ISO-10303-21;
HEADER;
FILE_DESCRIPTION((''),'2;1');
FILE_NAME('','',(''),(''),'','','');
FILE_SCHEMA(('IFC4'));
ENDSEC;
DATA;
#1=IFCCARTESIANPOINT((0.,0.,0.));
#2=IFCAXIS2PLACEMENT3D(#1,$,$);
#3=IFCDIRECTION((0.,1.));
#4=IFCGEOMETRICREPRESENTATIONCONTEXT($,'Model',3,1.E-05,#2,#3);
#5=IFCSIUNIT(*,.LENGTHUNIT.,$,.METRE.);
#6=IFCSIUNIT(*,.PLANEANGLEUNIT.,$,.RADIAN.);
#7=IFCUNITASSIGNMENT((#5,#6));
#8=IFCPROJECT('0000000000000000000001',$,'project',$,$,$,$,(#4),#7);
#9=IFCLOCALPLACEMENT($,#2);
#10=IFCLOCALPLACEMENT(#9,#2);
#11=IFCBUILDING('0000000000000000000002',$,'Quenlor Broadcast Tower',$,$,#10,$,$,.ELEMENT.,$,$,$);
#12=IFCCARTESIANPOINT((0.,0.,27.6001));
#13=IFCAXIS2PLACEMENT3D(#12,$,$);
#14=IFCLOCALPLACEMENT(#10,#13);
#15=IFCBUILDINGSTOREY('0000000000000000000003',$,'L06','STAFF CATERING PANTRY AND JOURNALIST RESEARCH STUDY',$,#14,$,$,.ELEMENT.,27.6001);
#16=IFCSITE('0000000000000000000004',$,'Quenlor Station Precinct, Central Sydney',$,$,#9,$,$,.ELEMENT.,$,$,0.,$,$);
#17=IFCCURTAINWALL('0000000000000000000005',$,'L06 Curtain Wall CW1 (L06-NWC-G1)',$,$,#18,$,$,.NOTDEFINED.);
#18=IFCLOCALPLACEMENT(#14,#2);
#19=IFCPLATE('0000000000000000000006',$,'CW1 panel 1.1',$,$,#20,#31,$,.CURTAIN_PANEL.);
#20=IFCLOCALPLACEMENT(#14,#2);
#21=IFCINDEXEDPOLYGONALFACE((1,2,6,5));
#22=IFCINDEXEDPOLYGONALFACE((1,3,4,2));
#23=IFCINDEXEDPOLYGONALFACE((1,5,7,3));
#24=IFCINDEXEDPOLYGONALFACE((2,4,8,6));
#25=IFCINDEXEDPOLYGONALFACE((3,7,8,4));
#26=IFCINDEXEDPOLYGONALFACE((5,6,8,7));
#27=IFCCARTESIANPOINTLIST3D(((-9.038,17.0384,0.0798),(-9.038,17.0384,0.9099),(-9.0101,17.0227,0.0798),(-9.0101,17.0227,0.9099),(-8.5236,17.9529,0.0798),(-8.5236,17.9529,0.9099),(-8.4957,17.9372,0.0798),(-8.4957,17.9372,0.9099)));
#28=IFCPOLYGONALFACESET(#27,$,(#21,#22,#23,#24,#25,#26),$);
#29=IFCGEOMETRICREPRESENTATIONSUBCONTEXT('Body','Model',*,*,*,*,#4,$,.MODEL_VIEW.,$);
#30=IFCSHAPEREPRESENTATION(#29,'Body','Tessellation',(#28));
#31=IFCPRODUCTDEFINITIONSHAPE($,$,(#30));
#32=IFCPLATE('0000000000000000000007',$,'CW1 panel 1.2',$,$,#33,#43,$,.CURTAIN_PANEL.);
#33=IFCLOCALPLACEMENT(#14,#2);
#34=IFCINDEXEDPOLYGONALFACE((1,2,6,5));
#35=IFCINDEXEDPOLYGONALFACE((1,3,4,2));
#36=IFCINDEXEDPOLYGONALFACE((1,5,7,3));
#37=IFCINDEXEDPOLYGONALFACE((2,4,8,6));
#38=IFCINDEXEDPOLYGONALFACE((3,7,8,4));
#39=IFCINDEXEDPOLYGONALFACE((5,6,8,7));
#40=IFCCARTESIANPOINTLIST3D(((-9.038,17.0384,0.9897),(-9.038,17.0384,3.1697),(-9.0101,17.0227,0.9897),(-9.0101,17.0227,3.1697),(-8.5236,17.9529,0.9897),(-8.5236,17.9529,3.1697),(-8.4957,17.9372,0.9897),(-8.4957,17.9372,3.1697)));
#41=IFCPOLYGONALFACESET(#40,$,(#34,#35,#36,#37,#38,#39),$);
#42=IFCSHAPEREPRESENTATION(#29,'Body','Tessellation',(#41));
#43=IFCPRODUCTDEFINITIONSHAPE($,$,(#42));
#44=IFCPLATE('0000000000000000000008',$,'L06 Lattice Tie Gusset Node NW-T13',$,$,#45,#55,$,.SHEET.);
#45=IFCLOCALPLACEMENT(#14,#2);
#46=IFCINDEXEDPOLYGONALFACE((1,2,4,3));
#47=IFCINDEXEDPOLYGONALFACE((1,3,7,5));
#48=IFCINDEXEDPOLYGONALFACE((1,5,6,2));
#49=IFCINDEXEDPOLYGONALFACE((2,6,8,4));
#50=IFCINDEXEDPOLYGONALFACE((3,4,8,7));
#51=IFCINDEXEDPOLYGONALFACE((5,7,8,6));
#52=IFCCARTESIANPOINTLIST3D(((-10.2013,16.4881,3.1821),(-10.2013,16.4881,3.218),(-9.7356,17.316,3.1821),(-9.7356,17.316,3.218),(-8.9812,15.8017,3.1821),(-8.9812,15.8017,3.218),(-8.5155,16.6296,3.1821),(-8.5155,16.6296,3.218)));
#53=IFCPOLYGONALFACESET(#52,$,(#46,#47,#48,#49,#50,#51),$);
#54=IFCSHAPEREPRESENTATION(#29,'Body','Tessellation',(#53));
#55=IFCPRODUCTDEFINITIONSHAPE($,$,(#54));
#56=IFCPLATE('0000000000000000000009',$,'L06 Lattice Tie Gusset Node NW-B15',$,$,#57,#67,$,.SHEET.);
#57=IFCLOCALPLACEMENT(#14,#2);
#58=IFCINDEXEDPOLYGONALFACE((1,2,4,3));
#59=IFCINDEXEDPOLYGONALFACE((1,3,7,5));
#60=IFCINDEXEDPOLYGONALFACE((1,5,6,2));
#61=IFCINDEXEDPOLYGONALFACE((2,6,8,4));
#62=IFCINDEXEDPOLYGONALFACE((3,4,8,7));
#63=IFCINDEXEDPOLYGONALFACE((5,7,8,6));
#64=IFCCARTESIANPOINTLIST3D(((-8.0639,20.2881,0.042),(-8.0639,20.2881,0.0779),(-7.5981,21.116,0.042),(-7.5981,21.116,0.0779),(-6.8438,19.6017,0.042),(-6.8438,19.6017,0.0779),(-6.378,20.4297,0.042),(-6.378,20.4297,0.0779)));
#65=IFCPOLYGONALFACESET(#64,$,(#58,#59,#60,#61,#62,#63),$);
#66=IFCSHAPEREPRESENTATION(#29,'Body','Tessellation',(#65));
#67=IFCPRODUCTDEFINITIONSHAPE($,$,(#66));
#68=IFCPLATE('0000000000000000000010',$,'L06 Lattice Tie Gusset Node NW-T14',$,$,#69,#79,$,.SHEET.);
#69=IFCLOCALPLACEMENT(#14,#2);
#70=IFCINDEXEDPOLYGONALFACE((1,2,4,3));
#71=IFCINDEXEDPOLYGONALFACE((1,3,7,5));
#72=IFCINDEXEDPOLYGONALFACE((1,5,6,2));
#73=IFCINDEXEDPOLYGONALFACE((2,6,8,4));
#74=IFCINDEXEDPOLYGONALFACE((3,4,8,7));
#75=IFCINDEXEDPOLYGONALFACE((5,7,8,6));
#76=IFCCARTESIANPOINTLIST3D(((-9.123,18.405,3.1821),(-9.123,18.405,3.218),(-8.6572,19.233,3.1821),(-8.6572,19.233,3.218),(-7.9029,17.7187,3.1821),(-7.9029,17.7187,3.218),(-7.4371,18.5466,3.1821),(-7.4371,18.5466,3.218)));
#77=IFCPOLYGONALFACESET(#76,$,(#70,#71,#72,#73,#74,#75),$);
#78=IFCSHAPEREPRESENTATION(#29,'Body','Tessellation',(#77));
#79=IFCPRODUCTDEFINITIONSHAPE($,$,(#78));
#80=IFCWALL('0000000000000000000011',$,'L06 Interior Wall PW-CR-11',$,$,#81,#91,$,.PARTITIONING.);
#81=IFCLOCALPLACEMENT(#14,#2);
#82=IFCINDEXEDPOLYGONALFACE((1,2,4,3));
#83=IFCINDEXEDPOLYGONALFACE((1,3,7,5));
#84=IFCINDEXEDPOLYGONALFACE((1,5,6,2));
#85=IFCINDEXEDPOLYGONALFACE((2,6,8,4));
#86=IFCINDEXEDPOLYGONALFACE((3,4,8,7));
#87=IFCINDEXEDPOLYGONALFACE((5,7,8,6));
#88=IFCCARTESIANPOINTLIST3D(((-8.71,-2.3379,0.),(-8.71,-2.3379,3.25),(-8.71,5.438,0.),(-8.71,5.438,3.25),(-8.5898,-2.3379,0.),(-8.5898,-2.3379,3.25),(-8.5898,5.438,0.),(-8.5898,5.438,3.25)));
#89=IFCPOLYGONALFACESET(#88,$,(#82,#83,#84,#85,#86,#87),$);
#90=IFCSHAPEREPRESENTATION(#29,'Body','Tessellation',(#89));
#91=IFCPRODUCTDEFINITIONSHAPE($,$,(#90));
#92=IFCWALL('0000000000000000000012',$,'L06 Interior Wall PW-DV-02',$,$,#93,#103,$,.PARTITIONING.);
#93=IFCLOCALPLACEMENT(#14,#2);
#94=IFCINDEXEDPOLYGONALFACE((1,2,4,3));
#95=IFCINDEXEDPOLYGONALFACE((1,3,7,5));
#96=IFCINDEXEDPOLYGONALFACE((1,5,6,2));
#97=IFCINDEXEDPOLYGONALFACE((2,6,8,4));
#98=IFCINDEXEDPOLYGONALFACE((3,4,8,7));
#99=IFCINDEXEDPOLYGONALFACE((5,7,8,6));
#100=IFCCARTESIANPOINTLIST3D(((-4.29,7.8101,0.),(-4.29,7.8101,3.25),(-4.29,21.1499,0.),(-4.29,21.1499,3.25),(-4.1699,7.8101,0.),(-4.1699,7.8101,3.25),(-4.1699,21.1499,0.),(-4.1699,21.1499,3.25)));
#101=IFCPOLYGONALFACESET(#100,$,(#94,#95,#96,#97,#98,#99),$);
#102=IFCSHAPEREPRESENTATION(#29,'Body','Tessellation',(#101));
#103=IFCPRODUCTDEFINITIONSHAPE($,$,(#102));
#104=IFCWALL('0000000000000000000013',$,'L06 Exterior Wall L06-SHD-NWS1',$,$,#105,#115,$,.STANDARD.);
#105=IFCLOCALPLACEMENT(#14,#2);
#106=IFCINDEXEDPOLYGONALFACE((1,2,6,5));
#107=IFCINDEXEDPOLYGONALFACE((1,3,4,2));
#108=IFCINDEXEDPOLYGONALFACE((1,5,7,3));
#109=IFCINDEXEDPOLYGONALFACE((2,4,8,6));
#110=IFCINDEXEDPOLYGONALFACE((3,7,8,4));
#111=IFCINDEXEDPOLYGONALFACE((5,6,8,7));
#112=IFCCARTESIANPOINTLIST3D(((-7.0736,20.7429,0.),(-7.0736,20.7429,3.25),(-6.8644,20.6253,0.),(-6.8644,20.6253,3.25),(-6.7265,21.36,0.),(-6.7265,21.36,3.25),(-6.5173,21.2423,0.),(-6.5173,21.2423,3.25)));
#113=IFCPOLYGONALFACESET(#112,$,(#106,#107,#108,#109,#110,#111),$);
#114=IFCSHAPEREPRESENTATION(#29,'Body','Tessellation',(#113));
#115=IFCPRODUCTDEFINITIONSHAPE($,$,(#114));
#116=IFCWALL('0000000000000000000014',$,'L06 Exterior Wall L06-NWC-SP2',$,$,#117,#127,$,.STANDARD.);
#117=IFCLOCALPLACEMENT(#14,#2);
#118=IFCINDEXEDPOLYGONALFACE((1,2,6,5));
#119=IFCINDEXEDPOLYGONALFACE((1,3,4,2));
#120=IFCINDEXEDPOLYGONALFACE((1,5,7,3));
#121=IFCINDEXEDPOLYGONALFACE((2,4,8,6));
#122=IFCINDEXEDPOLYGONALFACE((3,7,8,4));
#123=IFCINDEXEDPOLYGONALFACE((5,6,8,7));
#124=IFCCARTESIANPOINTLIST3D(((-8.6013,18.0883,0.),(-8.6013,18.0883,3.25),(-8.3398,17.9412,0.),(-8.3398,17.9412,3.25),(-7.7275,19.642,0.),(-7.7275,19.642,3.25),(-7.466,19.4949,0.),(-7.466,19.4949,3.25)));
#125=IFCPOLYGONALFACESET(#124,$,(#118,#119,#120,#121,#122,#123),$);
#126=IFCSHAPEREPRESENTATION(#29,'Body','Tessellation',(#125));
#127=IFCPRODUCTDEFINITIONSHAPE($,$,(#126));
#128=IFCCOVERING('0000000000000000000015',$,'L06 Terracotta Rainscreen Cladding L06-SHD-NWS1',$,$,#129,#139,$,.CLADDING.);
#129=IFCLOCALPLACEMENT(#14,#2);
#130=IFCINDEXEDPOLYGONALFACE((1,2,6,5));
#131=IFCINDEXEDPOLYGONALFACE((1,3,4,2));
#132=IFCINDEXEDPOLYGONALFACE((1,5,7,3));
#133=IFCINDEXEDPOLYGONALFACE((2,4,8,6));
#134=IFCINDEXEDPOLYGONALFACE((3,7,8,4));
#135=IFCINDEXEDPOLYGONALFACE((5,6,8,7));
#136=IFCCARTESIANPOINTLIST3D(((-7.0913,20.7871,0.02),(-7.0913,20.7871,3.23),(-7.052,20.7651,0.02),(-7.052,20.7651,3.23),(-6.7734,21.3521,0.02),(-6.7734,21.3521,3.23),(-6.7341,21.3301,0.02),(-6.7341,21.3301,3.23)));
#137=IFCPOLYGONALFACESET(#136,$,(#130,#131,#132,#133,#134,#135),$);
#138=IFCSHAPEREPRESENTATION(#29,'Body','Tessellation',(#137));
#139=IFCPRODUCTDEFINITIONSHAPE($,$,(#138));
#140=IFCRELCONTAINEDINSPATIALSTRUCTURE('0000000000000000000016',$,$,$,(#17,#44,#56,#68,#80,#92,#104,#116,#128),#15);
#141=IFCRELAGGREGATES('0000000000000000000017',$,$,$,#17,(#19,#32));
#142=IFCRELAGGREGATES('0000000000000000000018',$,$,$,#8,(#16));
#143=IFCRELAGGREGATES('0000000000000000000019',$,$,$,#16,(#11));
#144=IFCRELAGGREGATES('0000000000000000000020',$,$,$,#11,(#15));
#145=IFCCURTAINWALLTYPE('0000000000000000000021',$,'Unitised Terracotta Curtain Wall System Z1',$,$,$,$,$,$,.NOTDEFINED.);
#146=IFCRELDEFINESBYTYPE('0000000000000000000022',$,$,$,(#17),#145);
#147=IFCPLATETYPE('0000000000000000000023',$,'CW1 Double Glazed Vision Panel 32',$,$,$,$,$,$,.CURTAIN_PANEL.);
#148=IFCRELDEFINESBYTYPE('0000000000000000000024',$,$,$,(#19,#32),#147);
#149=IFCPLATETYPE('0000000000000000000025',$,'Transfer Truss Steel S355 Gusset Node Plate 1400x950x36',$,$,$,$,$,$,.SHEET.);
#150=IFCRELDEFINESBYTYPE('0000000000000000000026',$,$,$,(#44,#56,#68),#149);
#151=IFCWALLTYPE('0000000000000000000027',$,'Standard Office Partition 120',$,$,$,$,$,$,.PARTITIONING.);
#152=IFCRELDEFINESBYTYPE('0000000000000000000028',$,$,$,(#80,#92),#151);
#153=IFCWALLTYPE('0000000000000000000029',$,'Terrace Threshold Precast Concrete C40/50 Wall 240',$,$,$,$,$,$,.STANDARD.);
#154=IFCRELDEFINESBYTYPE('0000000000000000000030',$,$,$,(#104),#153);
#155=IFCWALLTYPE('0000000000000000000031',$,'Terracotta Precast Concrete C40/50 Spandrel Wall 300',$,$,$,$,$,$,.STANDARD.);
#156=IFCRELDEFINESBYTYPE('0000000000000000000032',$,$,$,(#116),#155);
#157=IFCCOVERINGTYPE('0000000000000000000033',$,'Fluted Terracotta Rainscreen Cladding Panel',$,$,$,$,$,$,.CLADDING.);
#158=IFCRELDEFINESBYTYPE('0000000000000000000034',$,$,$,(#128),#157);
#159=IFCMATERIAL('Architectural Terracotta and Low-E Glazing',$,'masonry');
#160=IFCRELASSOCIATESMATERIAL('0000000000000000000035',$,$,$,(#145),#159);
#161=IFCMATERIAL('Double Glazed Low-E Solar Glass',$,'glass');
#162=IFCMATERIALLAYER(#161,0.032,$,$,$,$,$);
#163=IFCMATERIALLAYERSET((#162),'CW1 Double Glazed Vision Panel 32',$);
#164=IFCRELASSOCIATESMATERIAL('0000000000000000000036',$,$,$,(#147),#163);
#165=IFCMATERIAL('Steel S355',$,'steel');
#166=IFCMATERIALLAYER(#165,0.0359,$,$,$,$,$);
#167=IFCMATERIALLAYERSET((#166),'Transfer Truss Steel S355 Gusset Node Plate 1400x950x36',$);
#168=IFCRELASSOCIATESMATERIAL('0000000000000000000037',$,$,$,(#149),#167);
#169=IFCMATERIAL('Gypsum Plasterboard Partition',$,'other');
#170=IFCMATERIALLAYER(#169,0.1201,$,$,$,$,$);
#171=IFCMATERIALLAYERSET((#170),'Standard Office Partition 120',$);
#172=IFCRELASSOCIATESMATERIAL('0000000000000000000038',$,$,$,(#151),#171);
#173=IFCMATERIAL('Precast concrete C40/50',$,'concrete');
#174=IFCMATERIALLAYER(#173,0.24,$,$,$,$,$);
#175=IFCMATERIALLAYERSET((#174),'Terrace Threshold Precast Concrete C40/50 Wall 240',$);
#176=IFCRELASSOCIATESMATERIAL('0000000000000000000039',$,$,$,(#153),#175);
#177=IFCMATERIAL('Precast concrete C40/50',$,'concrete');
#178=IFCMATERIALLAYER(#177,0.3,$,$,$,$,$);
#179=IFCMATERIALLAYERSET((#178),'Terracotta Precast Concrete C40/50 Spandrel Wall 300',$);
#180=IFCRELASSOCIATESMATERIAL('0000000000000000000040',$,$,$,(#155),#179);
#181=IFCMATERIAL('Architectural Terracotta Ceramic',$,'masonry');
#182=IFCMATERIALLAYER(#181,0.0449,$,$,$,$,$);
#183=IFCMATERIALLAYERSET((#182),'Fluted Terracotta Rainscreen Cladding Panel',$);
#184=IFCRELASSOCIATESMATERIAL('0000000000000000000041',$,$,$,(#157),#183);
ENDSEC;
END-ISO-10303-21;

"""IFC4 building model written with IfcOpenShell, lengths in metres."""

from ifc_helpers import new_model, si_unit, direction, frame, frame_2d, origin, origin_2d, place, context, subcontext, project, spatial, polyline, rectangle, outline, extrude, material, layer, layer_set, type_object, element, aggregate, save


model = new_model("IFC4")

# Units and contexts
model_context = context("Model", 3, precision=1e-05, world=origin(), true_north=direction((0.0, 1.0)))
body_context = subcontext(model_context, "Body", "Model", "MODEL_VIEW")
ifc_project = project(units=[si_unit("LENGTHUNIT", "METRE"), si_unit("PLANEANGLEUNIT", "RADIAN")], contexts=[model_context])

# Site, building, storey
site_placement = place(None, origin())
site = spatial("IfcSite", under=ifc_project, at=site_placement, Name="Quenlor Station Precinct, Central Sydney", CompositionType="ELEMENT", RefElevation=0.0)
building_placement = place(site_placement, origin())
building = spatial("IfcBuilding", under=site, at=building_placement, Name="Quenlor Broadcast Tower", CompositionType="ELEMENT")
storey_placement = place(building_placement, frame((0.0, 0.0, 27.6001)))
storey = spatial("IfcBuildingStorey", under=building, at=storey_placement, Name="L06", Description="STAFF CATERING PANTRY AND JOURNALIST RESEARCH STUDY", CompositionType="ELEMENT", Elevation=27.6001)

# Curtain wall
ifc_material_1 = material(Name="Architectural Terracotta and Low-E Glazing", Category="masonry")
curtain_wall_type = type_object("IfcCurtainWallType", Name="Unitised Terracotta Curtain Wall System Z1", PredefinedType="NOTDEFINED", material=ifc_material_1)
curtain_wall_placement = place(storey_placement, origin())
curtain_wall = element("IfcCurtainWall", 1, at=curtain_wall_placement, inside=storey, type_object=curtain_wall_type, Name="L06 Curtain Wall CW1 (L06-NWC-G1)", PredefinedType="NOTDEFINED")

# Plates
ifc_material_2 = material(Name="Double Glazed Low-E Solar Glass", Category="glass")
ifc_layer_1 = layer(ifc_material_2, 0.032)
ifc_layer_set_1 = layer_set([ifc_layer_1], Name="CW1 Double Glazed Vision Panel 32")
plate_type_1 = type_object("IfcPlateType", Name="CW1 Double Glazed Vision Panel 32", PredefinedType="CURTAIN_PANEL", material=ifc_layer_set_1)
plate_1_placement = place(storey_placement, frame((-8.7668, 17.4878, 0.0798), z_axis=(0.0, 0.0, 1.0), x_axis=(0.490277, 0.871567, 0.0)))
plate_1 = element("IfcPlate", 2, at=plate_1_placement, type_object=plate_type_1, Name="CW1 panel 1.1", PredefinedType="CURTAIN_PANEL", context=body_context, shape_type="SweptSolid", body=[
    extrude(rectangle(XDim=1.0493, YDim=0.032, at=origin_2d()), origin(), (0.0, 0.0, 1.0), 0.8301),
])
plate_2_placement = place(storey_placement, frame((-8.7668, 17.4878, 0.9897), z_axis=(0.0, 0.0, 1.0), x_axis=(0.490277, 0.871567, 0.0)))
plate_2 = element("IfcPlate", 3, at=plate_2_placement, type_object=plate_type_1, Name="CW1 panel 1.2", PredefinedType="CURTAIN_PANEL", context=body_context, shape_type="SweptSolid", body=[
    extrude(rectangle(XDim=1.0493, YDim=0.032, at=origin_2d()), origin(), (0.0, 0.0, 1.0), 2.1799),
])
aggregate(curtain_wall, [plate_1, plate_2])

# Plates
ifc_material_3 = material(Name="Steel S355", Category="steel")
ifc_layer_2 = layer(ifc_material_3, 0.0359)
ifc_layer_set_2 = layer_set([ifc_layer_2], Name="Transfer Truss Steel S355 Gusset Node Plate 1400x950x36")
plate_type_2 = type_object("IfcPlateType", Name="Transfer Truss Steel S355 Gusset Node Plate 1400x950x36", PredefinedType="SHEET", material=ifc_layer_set_2)
for number, where, z_axis, x_axis, name in (
    (4, (-9.3584, 16.5588, 3.1821), (0.0, 0.0, 1.0), (-0.871556, 0.490295, 0.0), "L06 Lattice Tie Gusset Node NW-T13"),
    (5, (-7.2209, 20.3589, 0.042), (0.0, 0.0, 1.0), (-0.871556, 0.490295, 0.0), "L06 Lattice Tie Gusset Node NW-B15"),
    (6, (-8.28, 18.4758, 3.1821), (0.0, 0.0, 1.0), (-0.871556, 0.490295, 0.0), "L06 Lattice Tie Gusset Node NW-T14"),
):
    element("IfcPlate", number, at=place(storey_placement, frame(where, z_axis=z_axis, x_axis=x_axis)), inside=storey, type_object=plate_type_2, Name=name, PredefinedType="SHEET", context=body_context, shape_type="SweptSolid", body=[
        extrude(rectangle(XDim=1.3999, YDim=0.95, at=origin_2d()), origin(), (0.0, 0.0, 1.0), 0.0359),
    ])

# Walls
ifc_material_4 = material(Name="Gypsum Plasterboard Partition", Category="other")
ifc_layer_3 = layer(ifc_material_4, 0.1201)
ifc_layer_set_3 = layer_set([ifc_layer_3], Name="Standard Office Partition 120")
wall_type_1 = type_object("IfcWallType", Name="Standard Office Partition 120", PredefinedType="PARTITIONING", material=ifc_layer_set_3)
wall_1_placement = place(storey_placement, frame((-8.6499, 5.438, 0.0), z_axis=(0.0, 0.0, 1.0), x_axis=(0.0, -1.0, 0.0)))
element("IfcWall", 7, at=wall_1_placement, inside=storey, type_object=wall_type_1, Name="L06 Interior Wall PW-CR-11", PredefinedType="PARTITIONING", context=body_context, shape_type="SweptSolid", body=[
    extrude(rectangle(XDim=7.7759, YDim=0.1201, at=frame_2d((3.8879, 0.0))), origin(), (0.0, 0.0, 1.0), 3.25),
])
wall_2_placement = place(storey_placement, frame((-4.23, 7.8101, 0.0), z_axis=(0.0, 0.0, 1.0), x_axis=(0.0, 1.0, 0.0)))
element("IfcWall", 8, at=wall_2_placement, inside=storey, type_object=wall_type_1, Name="L06 Interior Wall PW-DV-02", PredefinedType="PARTITIONING", context=body_context, shape_type="SweptSolid", body=[
    extrude(rectangle(XDim=13.3398, YDim=0.1201, at=frame_2d((6.6699, 0.0))), origin(), (0.0, 0.0, 1.0), 3.25),
])
ifc_material_5 = material(Name="Precast concrete C40/50", Category="concrete")
ifc_layer_4 = layer(ifc_material_5, 0.24)
ifc_layer_set_4 = layer_set([ifc_layer_4], Name="Terrace Threshold Precast Concrete C40/50 Wall 240")
wall_type_2 = type_object("IfcWallType", Name="Terrace Threshold Precast Concrete C40/50 Wall 240", PredefinedType="STANDARD", material=ifc_layer_set_4)
wall_3_placement = place(storey_placement, frame((-6.969, 20.6841, 0.0), z_axis=(0.0, 0.0, 1.0), x_axis=(0.490261, 0.871576, 0.0)))
element("IfcWall", 9, at=wall_3_placement, inside=storey, type_object=wall_type_2, Name="L06 Exterior Wall L06-SHD-NWS1", PredefinedType="STANDARD", context=body_context, shape_type="SweptSolid", body=[
    extrude(rectangle(XDim=0.708, YDim=0.24, at=frame_2d((0.354, 0.0))), origin(), (0.0, 0.0, 1.0), 3.25),
])
ifc_material_6 = material(Name="Precast concrete C40/50", Category="concrete")
ifc_layer_5 = layer(ifc_material_6, 0.3)
ifc_layer_set_5 = layer_set([ifc_layer_5], Name="Terracotta Precast Concrete C40/50 Spandrel Wall 300")
wall_type_3 = type_object("IfcWallType", Name="Terracotta Precast Concrete C40/50 Spandrel Wall 300", PredefinedType="STANDARD", material=ifc_layer_set_5)
wall_4_placement = place(storey_placement, frame((-8.4705, 18.0149, 0.0), z_axis=(0.0, 0.0, 1.0), x_axis=(0.490183, 0.871619, 0.0)))
element("IfcWall", 10, at=wall_4_placement, inside=storey, type_object=wall_type_3, Name="L06 Exterior Wall L06-NWC-SP2", PredefinedType="STANDARD", context=body_context, shape_type="SweptSolid", body=[
    extrude(rectangle(XDim=1.7825, YDim=0.3, at=frame_2d((0.8911, 0.0))), origin(), (0.0, 0.0, 1.0), 3.25),
])

# Covering
ifc_material_7 = material(Name="Architectural Terracotta Ceramic", Category="masonry")
ifc_layer_6 = layer(ifc_material_7, 0.0449)
ifc_layer_set_6 = layer_set([ifc_layer_6], Name="Fluted Terracotta Rainscreen Cladding Panel")
covering_type = type_object("IfcCoveringType", Name="Fluted Terracotta Rainscreen Cladding Panel", PredefinedType="CLADDING", material=ifc_layer_set_6)
covering_placement = place(storey_placement, frame((0.0, 0.0, 0.02)))
element("IfcCovering", 11, at=covering_placement, inside=storey, type_object=covering_type, Name="L06 Terracotta Rainscreen Cladding L06-SHD-NWS1", PredefinedType="CLADDING", context=body_context, shape_type="SweptSolid", body=[
    extrude(outline(polyline([(-7.052, 20.7651), (-6.7341, 21.3301), (-6.7734, 21.3521), (-7.0913, 20.7871), (-7.052, 20.7651)])), origin(), (0.0, 0.0, 1.0), 3.21),
])

save(model, "model.ifc")
